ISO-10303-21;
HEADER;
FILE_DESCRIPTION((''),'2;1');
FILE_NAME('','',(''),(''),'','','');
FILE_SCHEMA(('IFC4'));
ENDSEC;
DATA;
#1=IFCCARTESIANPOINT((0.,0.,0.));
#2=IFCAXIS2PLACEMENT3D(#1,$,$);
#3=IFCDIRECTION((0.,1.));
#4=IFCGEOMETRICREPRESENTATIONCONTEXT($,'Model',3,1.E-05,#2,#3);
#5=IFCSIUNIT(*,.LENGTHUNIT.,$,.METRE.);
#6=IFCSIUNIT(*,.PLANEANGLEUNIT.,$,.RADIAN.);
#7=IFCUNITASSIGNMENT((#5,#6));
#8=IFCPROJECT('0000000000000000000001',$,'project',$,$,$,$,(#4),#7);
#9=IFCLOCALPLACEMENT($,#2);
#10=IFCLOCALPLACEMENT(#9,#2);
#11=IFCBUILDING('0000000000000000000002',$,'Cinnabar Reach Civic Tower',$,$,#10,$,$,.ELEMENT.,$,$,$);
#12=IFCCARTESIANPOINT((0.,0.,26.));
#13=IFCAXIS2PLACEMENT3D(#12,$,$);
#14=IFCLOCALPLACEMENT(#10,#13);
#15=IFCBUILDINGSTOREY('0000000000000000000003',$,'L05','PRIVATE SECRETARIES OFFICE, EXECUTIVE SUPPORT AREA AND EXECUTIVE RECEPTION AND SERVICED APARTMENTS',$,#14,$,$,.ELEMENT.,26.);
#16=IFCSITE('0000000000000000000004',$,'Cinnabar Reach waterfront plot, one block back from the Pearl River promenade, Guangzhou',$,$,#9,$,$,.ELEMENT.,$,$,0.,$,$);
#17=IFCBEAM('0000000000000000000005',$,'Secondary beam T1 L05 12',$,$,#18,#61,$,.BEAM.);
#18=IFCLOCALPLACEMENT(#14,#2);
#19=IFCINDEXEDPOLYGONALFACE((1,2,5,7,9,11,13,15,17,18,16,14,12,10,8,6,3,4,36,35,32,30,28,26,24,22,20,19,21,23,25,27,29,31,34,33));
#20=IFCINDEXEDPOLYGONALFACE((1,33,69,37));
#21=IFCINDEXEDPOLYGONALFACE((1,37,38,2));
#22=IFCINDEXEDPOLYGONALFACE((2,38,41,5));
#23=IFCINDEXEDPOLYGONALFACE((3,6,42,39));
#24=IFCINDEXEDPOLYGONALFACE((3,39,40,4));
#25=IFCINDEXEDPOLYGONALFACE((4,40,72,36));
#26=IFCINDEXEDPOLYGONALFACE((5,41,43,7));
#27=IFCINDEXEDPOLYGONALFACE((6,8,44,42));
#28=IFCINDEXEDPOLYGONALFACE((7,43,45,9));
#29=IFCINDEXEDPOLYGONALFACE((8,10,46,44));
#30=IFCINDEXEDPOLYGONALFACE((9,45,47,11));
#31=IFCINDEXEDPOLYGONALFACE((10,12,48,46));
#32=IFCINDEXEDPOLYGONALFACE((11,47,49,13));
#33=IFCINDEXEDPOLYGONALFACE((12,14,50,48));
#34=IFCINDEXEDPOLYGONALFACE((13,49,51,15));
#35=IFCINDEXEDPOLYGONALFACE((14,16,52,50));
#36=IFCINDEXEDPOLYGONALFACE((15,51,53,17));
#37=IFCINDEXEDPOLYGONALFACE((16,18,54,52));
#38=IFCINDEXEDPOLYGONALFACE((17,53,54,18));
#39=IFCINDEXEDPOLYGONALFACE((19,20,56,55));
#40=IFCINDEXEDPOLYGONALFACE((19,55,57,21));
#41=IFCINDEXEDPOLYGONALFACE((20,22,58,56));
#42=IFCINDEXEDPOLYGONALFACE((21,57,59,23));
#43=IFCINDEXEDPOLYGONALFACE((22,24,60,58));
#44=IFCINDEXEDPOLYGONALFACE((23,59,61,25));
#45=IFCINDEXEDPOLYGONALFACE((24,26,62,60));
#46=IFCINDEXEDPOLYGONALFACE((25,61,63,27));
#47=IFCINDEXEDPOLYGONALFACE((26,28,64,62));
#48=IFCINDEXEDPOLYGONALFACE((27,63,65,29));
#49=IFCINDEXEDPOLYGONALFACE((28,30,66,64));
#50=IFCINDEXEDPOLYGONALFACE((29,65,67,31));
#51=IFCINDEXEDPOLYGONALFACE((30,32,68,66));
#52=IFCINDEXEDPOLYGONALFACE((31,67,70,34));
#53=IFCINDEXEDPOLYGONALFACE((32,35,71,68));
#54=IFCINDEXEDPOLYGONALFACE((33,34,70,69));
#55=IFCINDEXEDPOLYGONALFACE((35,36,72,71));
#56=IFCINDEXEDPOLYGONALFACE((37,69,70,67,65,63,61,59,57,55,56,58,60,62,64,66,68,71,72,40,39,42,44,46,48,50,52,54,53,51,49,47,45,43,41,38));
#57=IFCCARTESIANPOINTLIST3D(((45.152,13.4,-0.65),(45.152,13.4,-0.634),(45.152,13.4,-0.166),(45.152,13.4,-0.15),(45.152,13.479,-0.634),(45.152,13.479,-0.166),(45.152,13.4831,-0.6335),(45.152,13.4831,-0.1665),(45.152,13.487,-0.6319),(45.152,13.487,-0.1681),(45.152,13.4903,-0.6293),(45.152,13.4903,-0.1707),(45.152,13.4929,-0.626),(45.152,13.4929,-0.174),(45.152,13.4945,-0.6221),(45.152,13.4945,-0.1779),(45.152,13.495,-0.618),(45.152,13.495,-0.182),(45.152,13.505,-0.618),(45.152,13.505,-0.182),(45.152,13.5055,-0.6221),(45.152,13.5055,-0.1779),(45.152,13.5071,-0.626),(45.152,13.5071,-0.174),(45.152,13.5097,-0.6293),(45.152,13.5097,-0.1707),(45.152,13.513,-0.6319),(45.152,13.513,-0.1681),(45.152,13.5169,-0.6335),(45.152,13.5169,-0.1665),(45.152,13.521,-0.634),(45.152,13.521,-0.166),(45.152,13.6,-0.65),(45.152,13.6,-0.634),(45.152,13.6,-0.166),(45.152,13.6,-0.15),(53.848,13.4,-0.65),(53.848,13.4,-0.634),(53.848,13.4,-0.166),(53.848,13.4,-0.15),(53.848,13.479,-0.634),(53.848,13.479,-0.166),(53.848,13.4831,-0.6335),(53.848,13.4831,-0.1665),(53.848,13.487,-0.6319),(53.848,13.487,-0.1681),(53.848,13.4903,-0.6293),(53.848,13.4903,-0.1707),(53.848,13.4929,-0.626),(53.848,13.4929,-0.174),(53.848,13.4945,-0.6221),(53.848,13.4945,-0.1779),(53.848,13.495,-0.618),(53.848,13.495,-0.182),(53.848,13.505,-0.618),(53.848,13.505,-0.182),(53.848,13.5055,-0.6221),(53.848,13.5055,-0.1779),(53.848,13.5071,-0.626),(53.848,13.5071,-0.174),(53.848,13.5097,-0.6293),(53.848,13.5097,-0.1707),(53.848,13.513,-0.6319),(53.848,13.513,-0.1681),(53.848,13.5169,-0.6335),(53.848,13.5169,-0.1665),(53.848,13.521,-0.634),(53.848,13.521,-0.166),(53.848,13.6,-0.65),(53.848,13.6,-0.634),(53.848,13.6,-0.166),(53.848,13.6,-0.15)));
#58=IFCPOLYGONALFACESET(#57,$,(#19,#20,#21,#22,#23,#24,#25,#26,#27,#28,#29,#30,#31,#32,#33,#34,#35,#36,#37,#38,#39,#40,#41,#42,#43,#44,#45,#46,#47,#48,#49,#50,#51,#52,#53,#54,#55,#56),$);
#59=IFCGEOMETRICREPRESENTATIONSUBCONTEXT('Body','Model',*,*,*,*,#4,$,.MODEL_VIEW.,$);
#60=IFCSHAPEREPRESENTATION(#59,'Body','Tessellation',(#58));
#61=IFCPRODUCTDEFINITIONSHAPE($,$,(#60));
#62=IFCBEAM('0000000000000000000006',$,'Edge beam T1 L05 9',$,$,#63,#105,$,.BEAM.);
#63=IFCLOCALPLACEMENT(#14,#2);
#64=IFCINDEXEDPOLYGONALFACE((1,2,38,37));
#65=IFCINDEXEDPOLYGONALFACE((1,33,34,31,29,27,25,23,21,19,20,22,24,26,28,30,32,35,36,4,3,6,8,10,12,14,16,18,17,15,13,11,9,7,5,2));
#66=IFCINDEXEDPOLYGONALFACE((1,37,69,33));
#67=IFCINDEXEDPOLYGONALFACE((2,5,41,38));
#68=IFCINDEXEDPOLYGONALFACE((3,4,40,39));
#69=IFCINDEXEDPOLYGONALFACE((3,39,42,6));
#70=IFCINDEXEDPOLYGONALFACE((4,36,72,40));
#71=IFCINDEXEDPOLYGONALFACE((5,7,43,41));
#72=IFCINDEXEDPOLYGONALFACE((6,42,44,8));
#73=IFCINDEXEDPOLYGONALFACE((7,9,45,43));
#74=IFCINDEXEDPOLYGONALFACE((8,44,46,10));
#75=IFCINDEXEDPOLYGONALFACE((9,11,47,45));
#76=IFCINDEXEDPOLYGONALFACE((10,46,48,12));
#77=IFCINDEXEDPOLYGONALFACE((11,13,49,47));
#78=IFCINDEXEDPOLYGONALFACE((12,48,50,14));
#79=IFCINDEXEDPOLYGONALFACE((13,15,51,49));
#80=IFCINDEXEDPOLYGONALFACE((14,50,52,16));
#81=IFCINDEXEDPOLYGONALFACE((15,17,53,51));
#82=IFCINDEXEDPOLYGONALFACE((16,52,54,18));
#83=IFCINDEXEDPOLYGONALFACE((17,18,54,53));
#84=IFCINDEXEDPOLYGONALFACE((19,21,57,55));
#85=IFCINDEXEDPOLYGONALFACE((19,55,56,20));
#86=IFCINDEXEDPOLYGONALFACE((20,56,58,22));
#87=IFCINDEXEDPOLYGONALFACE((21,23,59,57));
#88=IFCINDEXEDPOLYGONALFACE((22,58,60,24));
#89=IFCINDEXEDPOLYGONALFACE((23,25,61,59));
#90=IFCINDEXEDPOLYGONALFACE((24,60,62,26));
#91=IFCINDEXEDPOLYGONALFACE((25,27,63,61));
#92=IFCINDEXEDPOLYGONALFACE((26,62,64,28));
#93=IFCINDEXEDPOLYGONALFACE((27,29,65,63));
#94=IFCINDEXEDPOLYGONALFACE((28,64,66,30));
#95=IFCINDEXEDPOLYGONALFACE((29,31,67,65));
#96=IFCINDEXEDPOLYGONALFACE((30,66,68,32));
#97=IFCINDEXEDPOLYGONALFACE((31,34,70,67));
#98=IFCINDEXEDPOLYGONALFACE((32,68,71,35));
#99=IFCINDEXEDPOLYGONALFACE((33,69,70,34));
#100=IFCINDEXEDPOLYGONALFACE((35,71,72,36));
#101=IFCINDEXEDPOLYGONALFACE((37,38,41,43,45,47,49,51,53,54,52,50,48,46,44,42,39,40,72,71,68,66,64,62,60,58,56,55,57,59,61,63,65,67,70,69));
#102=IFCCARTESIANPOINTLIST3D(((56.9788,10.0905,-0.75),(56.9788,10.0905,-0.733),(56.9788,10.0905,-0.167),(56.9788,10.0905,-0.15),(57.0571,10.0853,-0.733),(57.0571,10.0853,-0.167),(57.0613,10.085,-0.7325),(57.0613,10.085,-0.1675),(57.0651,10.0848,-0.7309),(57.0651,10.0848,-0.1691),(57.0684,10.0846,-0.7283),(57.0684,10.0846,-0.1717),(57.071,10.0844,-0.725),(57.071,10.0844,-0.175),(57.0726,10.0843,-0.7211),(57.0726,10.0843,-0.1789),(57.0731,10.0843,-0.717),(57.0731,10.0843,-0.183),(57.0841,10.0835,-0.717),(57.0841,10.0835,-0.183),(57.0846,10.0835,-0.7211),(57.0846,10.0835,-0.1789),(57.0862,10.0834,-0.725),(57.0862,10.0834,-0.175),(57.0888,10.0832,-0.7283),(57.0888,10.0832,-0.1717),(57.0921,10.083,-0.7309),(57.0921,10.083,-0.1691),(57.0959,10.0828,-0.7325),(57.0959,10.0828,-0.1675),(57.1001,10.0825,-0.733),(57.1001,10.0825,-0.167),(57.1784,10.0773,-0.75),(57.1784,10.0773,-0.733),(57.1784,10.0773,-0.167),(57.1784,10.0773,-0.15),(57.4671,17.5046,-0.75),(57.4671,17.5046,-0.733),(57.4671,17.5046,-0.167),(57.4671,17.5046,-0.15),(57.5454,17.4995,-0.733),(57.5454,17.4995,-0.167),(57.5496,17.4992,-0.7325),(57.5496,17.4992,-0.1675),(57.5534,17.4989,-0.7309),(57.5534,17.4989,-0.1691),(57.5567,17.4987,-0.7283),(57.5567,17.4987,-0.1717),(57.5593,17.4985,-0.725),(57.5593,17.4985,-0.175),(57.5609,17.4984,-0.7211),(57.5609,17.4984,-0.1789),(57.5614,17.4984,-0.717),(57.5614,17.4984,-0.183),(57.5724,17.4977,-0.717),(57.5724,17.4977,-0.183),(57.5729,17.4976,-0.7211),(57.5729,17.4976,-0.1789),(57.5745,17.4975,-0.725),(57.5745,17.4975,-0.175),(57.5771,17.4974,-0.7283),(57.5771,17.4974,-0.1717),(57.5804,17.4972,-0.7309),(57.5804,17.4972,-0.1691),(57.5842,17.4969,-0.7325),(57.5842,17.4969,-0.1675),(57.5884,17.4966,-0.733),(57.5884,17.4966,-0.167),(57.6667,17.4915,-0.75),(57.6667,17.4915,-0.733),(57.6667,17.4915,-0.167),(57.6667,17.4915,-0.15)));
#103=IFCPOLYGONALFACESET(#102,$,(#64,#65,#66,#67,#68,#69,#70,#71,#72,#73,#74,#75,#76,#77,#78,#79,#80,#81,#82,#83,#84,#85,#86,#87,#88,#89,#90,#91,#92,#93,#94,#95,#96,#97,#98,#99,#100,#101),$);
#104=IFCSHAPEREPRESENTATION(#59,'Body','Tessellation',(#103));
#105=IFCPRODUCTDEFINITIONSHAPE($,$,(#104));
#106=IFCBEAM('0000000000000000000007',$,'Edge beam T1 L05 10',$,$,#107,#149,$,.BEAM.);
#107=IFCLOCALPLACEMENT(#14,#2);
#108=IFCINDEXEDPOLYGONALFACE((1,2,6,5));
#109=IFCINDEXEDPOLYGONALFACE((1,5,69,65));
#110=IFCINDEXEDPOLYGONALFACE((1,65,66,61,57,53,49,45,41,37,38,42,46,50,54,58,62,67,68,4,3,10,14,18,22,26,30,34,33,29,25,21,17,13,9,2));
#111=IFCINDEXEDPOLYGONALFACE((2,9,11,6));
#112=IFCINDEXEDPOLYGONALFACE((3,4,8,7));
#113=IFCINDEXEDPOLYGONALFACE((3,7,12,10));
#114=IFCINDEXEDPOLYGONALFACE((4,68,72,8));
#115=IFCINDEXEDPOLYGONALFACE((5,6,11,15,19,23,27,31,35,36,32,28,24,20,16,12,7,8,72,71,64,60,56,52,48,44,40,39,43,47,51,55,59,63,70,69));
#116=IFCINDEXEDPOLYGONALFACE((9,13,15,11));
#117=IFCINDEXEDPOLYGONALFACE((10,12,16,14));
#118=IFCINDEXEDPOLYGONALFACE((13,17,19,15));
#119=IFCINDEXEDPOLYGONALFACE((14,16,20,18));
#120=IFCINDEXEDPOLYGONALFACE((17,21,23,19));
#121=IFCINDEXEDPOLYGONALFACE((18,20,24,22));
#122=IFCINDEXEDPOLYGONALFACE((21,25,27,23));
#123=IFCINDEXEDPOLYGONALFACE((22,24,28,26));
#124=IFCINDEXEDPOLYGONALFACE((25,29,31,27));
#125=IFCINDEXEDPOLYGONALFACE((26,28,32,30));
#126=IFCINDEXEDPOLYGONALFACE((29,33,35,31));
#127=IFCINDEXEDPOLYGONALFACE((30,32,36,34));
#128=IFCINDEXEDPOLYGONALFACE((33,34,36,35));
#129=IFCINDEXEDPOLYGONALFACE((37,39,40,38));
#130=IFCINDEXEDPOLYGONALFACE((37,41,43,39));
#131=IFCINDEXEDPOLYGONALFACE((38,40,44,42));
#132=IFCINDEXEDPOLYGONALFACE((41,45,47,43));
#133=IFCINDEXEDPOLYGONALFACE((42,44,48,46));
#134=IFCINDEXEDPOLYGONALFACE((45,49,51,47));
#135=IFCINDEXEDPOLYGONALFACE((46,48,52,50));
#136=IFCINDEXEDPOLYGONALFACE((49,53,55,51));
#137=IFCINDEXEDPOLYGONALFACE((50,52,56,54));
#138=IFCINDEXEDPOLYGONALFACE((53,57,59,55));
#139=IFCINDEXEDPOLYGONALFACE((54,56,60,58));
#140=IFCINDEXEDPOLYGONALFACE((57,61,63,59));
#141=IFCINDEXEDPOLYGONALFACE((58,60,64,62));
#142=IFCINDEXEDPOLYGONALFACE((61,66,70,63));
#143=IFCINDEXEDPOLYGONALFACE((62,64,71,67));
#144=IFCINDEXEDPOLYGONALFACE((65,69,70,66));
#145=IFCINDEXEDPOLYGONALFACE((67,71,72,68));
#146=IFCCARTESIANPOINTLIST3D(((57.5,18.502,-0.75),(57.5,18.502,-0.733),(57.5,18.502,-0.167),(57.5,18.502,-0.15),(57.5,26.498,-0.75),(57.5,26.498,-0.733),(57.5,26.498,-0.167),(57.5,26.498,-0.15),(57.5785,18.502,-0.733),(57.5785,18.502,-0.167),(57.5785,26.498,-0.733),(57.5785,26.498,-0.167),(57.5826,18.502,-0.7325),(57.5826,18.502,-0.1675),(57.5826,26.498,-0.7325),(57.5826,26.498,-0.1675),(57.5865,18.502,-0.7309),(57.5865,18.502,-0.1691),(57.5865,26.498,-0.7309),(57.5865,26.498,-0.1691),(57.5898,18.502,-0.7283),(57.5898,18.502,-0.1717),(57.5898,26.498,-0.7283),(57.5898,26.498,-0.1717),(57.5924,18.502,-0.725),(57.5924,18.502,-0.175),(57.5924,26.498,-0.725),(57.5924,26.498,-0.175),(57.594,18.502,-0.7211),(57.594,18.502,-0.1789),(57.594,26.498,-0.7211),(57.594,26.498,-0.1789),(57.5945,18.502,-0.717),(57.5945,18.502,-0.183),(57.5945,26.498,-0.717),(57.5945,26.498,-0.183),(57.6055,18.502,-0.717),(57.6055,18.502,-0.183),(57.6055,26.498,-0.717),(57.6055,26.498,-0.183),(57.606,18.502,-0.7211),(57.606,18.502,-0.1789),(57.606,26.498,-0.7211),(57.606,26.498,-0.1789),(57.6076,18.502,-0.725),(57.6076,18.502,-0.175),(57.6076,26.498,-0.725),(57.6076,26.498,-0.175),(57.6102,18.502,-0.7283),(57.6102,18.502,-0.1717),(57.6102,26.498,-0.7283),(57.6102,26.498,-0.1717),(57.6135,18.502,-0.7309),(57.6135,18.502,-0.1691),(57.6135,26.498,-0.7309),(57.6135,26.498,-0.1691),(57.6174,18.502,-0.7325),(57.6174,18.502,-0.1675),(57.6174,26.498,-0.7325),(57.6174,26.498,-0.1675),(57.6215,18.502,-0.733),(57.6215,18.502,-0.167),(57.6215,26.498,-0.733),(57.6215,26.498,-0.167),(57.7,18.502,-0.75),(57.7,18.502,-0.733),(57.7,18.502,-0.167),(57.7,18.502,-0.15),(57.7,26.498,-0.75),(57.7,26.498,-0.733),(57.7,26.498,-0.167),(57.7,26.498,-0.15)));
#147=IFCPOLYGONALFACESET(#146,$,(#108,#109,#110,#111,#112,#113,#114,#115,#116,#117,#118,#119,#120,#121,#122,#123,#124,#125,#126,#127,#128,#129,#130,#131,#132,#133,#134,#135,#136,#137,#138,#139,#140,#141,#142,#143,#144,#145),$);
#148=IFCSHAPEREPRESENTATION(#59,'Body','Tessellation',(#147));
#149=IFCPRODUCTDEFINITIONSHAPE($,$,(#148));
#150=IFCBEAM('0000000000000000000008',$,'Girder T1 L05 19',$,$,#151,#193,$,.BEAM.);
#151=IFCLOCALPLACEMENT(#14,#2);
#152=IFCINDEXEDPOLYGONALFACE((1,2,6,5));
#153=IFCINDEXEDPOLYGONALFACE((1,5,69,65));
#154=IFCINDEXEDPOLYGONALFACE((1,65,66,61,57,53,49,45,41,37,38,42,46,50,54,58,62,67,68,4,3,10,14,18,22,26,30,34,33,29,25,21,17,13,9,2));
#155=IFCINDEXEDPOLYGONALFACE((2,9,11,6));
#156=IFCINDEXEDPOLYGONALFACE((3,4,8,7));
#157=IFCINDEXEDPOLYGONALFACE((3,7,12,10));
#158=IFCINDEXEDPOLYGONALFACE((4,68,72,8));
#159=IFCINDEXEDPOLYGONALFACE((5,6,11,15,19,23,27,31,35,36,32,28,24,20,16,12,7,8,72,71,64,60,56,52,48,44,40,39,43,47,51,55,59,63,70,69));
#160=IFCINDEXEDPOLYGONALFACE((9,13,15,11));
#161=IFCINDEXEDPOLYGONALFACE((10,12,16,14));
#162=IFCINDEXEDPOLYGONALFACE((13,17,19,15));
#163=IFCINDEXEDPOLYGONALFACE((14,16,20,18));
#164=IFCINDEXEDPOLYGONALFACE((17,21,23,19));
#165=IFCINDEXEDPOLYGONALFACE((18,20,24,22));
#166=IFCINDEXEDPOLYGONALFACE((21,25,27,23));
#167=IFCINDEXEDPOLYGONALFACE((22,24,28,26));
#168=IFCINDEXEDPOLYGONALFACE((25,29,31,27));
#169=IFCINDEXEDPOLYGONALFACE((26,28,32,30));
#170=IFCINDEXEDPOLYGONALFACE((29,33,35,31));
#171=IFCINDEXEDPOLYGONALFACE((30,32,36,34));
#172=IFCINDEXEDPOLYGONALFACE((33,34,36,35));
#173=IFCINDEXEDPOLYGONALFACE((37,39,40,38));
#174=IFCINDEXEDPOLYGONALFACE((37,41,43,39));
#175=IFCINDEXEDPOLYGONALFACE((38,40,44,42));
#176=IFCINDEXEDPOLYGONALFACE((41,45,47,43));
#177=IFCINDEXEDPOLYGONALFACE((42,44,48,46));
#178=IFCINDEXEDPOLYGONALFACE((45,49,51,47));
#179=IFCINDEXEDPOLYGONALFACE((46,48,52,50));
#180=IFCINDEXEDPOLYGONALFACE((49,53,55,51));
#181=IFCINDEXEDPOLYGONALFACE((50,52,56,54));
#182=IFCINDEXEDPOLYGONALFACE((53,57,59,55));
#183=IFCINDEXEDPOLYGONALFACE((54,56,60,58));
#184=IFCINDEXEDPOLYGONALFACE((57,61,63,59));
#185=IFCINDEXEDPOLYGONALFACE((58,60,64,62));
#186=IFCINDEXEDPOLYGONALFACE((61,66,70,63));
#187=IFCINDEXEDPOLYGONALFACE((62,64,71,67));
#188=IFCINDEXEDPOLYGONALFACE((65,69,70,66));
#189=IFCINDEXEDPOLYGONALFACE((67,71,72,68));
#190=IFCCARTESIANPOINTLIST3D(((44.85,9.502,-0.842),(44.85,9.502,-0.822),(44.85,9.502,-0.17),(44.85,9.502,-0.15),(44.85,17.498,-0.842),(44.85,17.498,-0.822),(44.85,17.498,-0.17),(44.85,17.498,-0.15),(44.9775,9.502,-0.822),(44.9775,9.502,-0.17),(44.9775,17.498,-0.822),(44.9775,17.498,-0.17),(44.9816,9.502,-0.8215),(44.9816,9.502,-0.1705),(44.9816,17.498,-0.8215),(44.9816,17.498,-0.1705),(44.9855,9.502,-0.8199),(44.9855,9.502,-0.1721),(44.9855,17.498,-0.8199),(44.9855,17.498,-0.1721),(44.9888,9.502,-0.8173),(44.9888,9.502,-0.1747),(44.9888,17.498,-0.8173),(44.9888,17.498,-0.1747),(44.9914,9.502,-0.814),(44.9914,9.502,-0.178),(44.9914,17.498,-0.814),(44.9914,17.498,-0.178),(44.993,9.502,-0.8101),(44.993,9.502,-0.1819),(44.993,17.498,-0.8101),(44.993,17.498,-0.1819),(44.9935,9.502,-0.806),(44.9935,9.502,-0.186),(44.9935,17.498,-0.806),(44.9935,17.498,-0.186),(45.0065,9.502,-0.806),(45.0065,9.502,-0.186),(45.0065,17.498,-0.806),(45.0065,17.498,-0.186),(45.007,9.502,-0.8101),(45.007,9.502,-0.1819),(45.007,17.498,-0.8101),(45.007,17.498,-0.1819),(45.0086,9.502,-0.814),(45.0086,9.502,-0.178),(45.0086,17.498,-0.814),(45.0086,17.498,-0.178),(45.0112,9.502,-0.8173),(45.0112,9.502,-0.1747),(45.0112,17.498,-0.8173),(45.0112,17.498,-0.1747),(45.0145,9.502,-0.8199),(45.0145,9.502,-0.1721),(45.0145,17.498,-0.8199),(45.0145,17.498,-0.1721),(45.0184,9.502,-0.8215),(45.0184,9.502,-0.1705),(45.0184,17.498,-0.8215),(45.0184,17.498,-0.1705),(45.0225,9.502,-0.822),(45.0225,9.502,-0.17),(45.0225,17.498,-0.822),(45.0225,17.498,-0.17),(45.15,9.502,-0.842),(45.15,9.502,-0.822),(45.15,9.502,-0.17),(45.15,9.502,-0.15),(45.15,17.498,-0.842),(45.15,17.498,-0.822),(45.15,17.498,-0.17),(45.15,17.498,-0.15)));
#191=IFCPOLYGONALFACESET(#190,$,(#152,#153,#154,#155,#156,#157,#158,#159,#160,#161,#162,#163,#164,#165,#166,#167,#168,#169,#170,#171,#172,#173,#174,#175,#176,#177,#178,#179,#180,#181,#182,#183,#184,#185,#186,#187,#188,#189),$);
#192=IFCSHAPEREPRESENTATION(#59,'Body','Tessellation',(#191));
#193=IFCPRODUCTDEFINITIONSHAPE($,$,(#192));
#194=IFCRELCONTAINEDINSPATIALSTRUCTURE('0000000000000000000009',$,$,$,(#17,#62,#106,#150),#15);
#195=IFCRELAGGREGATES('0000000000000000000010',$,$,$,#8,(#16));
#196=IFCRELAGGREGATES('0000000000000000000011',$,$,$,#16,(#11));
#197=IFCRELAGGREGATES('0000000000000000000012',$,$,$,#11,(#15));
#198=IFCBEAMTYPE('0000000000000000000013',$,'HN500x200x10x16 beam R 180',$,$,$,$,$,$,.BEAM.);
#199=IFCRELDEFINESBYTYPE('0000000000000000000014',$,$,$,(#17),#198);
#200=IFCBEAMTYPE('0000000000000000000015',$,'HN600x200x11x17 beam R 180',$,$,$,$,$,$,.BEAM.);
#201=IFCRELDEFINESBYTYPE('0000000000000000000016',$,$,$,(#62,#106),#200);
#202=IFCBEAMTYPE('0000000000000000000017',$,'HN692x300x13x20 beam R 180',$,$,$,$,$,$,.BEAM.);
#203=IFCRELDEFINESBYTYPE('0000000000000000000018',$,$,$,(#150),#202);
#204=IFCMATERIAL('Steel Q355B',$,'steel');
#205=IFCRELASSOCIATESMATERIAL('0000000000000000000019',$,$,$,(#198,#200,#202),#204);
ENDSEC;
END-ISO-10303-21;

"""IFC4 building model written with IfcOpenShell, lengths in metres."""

from ifc_helpers import new_model, si_unit, direction, frame, origin, origin_2d, place, context, subcontext, project, spatial, i_section, extrude, material, material_profile, profile_set, type_object, element, save


model = new_model("IFC4")

# Units and contexts
model_context = context("Model", 3, precision=1e-05, world=origin(), true_north=direction((0.0, 1.0)))
body_context = subcontext(model_context, "Body", "Model", "MODEL_VIEW")
ifc_project = project(units=[si_unit("LENGTHUNIT", "METRE"), si_unit("PLANEANGLEUNIT", "RADIAN")], contexts=[model_context])

# Site, building, storey
site_placement = place(None, origin())
site = spatial("IfcSite", under=ifc_project, at=site_placement, Name="Cinnabar Reach waterfront plot, one block back from the Pearl River promenade, Guangzhou", CompositionType="ELEMENT", RefElevation=0.0)
building_placement = place(site_placement, origin())
building = spatial("IfcBuilding", under=site, at=building_placement, Name="Cinnabar Reach Civic Tower", CompositionType="ELEMENT")
storey_placement = place(building_placement, frame((0.0, 0.0, 26.0)))
storey = spatial("IfcBuildingStorey", under=building, at=storey_placement, Name="L05", Description="PRIVATE SECRETARIES OFFICE, EXECUTIVE SUPPORT AREA AND EXECUTIVE RECEPTION AND SERVICED APARTMENTS", CompositionType="ELEMENT", Elevation=26.0)

# Beams
ifc_material_1 = material(Name="Steel Q355B", Category="steel")
ifc_material_profile_1 = material_profile(ifc_material_1, i_section(OverallWidth=0.2, OverallDepth=0.5, WebThickness=0.01, FlangeThickness=0.016, FilletRadius=0.016, at=origin_2d()), Name="HN500x200x10x16")
ifc_profile_set_1 = profile_set([ifc_material_profile_1], Name="Steel Q355B")
beam_type_1 = type_object("IfcBeamType", Name="HN500x200x10x16 beam R 180", PredefinedType="BEAM", material=ifc_profile_set_1)
beam_1_placement = place(storey_placement, frame((45.152, 13.5, -0.4), z_axis=(1.0, 0.0, 0.0), x_axis=(0.0, 1.0, 0.0)))
element("IfcBeam", 1, at=beam_1_placement, inside=storey, type_object=beam_type_1, Name="Secondary beam T1 L05 12", PredefinedType="BEAM", context=body_context, shape_type="SweptSolid", body=[
    extrude(i_section(OverallWidth=0.2, OverallDepth=0.5, WebThickness=0.01, FlangeThickness=0.016, FilletRadius=0.016, at=origin_2d()), origin(), (0.0, 0.0, 1.0), 8.696),
])
ifc_material_profile_2 = material_profile(ifc_material_1, i_section(OverallWidth=0.2, OverallDepth=0.6, WebThickness=0.011, FlangeThickness=0.017, FilletRadius=0.016, at=origin_2d()), Name="HN600x200x11x17")
ifc_profile_set_2 = profile_set([ifc_material_profile_2], Name="Steel Q355B")
beam_type_2 = type_object("IfcBeamType", Name="HN600x200x11x17 beam R 180", PredefinedType="BEAM", material=ifc_profile_set_2)
beam_2_placement = place(storey_placement, frame((57.0786, 10.0839, -0.45), z_axis=(0.065719, 0.997838, 0.0), x_axis=(-0.997838, 0.065719, 0.0)))
element("IfcBeam", 2, at=beam_2_placement, inside=storey, type_object=beam_type_2, Name="Edge beam T1 L05 9", PredefinedType="BEAM", context=body_context, shape_type="SweptSolid", body=[
    extrude(i_section(OverallWidth=0.2, OverallDepth=0.6, WebThickness=0.011, FlangeThickness=0.017, FilletRadius=0.016, at=origin_2d()), origin(), (0.0, 0.0, 1.0), 7.4302),
])
beam_3_placement = place(storey_placement, frame((57.6, 18.502, -0.45), z_axis=(0.0, 1.0, 0.0), x_axis=(-1.0, 0.0, 0.0)))
element("IfcBeam", 3, at=beam_3_placement, inside=storey, type_object=beam_type_2, Name="Edge beam T1 L05 10", PredefinedType="BEAM", context=body_context, shape_type="SweptSolid", body=[
    extrude(i_section(OverallWidth=0.2, OverallDepth=0.6, WebThickness=0.011, FlangeThickness=0.017, FilletRadius=0.016, at=origin_2d()), origin(), (0.0, 0.0, 1.0), 7.996),
])
ifc_material_profile_3 = material_profile(ifc_material_1, i_section(OverallWidth=0.3, OverallDepth=0.692, WebThickness=0.013, FlangeThickness=0.02, FilletRadius=0.016, at=origin_2d()), Name="HN692x300x13x20")
ifc_profile_set_3 = profile_set([ifc_material_profile_3], Name="Steel Q355B")
beam_type_3 = type_object("IfcBeamType", Name="HN692x300x13x20 beam R 180", PredefinedType="BEAM", material=ifc_profile_set_3)
for number, where, z_axis, x_axis, name in (
    (4, (45.0, 9.502, -0.496), (0.0, 1.0, 0.0), (-1.0, 0.0, 0.0), "Girder T1 L05 19"),
):
    element("IfcBeam", number, at=place(storey_placement, frame(where, z_axis=z_axis, x_axis=x_axis)), inside=storey, type_object=beam_type_3, Name=name, PredefinedType="BEAM", context=body_context, shape_type="SweptSolid", body=[
        extrude(i_section(OverallWidth=0.3, OverallDepth=0.692, WebThickness=0.013, FlangeThickness=0.02, FilletRadius=0.016, at=origin_2d()), origin(), (0.0, 0.0, 1.0), 7.996),
    ])

save(model, "model.ifc")
